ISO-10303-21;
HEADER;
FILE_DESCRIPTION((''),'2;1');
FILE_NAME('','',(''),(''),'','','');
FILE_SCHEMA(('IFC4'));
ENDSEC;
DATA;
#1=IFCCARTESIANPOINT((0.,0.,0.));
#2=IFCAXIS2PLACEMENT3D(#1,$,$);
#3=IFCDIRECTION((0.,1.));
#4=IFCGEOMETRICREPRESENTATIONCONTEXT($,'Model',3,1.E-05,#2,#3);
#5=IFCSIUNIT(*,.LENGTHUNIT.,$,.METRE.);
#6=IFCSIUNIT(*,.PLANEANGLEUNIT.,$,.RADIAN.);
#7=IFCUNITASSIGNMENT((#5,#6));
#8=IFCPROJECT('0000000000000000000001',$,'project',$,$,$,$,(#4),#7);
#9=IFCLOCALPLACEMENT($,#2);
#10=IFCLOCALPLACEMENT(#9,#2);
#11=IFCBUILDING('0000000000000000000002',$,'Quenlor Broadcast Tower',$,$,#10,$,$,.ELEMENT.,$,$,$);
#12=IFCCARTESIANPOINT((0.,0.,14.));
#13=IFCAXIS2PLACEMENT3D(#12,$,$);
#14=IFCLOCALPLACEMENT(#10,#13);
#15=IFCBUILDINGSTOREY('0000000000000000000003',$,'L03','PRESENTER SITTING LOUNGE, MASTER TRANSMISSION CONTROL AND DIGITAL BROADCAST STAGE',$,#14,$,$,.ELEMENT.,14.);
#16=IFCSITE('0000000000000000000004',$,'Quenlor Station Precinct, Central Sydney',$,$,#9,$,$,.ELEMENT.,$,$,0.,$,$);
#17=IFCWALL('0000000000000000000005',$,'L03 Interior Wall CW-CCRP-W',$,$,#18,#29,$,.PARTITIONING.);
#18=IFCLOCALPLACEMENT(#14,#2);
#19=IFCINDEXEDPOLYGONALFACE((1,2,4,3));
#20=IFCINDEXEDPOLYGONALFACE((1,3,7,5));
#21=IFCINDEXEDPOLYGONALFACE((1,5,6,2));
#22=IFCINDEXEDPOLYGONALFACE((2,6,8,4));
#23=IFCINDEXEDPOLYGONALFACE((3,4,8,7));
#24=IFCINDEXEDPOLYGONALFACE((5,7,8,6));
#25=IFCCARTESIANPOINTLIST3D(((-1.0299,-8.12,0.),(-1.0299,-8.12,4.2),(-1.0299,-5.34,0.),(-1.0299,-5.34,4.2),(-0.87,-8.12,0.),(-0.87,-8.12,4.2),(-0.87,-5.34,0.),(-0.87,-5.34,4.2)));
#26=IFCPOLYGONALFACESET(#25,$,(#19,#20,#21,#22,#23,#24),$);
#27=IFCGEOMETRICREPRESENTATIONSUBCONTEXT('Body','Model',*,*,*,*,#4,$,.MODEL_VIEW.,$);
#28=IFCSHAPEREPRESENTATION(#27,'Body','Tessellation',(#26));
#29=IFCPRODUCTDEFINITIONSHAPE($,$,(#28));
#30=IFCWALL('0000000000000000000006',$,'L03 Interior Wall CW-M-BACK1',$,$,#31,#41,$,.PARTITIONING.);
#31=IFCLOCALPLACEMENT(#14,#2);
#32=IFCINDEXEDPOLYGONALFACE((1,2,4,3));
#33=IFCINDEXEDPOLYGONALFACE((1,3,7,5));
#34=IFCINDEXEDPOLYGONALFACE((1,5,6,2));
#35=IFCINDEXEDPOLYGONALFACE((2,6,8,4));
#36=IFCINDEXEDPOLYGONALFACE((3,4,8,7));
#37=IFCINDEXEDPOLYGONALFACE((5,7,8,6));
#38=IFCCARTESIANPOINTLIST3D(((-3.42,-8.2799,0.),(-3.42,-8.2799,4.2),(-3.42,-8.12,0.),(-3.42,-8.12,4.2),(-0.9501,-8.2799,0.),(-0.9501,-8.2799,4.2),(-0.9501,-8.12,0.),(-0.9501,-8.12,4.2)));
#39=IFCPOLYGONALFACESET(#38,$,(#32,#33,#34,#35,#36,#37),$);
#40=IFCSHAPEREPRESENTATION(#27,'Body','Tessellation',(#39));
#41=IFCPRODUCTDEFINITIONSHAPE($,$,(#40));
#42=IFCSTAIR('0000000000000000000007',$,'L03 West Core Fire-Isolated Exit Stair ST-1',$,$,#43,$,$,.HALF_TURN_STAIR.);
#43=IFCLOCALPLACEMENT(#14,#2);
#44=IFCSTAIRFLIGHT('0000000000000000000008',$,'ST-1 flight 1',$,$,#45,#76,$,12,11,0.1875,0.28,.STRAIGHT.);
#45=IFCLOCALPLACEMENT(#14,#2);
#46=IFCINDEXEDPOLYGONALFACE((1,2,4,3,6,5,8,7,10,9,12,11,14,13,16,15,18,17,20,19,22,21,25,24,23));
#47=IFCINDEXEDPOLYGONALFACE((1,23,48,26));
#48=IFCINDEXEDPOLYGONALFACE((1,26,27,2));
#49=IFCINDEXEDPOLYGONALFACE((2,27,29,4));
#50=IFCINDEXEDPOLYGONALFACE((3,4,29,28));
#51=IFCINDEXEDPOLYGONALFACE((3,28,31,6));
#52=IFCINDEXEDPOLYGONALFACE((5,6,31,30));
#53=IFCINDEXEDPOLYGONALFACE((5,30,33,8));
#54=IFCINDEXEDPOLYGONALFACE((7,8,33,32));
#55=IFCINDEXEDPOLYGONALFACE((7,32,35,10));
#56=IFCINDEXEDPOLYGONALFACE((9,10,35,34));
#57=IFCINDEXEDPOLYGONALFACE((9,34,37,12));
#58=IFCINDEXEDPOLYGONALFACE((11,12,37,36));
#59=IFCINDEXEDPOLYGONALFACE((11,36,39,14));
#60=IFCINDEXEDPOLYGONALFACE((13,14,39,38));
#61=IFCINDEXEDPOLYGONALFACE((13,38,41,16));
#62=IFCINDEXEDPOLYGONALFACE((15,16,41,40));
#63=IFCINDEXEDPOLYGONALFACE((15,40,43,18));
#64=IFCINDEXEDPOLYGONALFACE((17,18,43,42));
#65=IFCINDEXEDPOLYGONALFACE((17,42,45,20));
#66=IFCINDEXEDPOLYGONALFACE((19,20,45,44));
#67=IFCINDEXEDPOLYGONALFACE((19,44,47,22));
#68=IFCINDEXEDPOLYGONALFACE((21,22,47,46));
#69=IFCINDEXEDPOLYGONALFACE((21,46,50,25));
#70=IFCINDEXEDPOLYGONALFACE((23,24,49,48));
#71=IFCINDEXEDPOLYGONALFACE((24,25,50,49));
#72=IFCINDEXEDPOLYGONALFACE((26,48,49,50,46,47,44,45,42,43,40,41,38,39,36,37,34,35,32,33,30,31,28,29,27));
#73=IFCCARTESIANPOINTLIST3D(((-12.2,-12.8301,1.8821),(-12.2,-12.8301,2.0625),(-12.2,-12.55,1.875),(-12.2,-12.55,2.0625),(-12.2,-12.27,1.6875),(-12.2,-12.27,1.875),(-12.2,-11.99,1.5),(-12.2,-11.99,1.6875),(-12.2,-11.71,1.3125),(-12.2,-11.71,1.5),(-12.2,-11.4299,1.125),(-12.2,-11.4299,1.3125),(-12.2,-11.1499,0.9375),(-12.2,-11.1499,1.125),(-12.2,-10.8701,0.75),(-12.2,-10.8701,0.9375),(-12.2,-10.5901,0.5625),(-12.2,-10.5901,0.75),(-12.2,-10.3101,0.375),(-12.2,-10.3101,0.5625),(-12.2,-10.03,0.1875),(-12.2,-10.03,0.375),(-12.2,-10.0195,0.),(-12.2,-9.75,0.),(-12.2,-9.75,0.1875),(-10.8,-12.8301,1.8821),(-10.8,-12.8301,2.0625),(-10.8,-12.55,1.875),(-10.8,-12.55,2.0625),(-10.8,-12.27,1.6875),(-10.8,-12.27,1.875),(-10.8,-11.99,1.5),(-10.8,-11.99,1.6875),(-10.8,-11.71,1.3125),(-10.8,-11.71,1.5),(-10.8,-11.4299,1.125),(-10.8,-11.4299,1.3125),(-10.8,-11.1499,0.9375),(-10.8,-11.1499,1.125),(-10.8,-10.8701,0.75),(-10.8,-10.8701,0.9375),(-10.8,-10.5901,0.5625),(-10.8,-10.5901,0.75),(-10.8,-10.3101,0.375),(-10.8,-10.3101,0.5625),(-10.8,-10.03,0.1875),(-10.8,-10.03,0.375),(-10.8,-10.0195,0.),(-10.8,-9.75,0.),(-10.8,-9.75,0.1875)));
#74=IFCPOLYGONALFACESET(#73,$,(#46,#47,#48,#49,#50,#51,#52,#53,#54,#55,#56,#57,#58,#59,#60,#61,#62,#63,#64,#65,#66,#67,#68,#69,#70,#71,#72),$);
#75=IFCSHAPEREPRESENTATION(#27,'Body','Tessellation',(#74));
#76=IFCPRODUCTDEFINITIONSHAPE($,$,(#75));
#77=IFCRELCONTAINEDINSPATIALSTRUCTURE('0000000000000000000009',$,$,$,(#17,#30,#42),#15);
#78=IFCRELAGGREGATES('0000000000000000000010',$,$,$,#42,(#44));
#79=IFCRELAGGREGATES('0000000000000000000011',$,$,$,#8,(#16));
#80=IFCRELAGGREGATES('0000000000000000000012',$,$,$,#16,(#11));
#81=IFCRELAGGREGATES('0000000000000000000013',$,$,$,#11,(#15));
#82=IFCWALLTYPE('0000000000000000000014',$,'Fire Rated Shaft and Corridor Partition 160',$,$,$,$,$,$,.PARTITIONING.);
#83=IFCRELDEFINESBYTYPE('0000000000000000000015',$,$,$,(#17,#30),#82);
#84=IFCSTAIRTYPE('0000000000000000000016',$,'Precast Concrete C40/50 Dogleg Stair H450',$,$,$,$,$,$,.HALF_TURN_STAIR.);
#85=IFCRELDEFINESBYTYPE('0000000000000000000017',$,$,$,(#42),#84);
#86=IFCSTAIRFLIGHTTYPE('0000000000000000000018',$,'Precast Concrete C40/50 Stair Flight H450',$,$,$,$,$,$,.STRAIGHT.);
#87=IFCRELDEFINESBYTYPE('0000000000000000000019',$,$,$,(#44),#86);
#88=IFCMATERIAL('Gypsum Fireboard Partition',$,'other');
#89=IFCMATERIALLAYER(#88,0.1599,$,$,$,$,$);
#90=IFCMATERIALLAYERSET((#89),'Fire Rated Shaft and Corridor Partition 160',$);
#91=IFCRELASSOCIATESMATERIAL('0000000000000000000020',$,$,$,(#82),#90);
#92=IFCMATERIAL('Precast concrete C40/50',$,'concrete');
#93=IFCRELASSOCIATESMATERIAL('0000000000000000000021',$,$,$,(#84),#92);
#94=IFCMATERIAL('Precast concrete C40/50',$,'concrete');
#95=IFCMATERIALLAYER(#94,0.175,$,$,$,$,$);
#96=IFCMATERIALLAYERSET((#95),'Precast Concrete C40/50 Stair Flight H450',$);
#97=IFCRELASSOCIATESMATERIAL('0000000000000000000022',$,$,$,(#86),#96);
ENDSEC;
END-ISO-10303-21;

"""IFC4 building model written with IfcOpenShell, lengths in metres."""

from ifc_helpers import new_model, si_unit, direction, frame, frame_2d, origin, place, context, subcontext, project, spatial, polyline, rectangle, outline, extrude, material, layer, layer_set, type_object, element, aggregate, save


model = new_model("IFC4")

# Units and contexts
model_context = context("Model", 3, precision=1e-05, world=origin(), true_north=direction((0.0, 1.0)))
body_context = subcontext(model_context, "Body", "Model", "MODEL_VIEW")
ifc_project = project(units=[si_unit("LENGTHUNIT", "METRE"), si_unit("PLANEANGLEUNIT", "RADIAN")], contexts=[model_context])

# Site, building, storey
site_placement = place(None, origin())
site = spatial("IfcSite", under=ifc_project, at=site_placement, Name="Quenlor Station Precinct, Central Sydney", CompositionType="ELEMENT", RefElevation=0.0)
building_placement = place(site_placement, origin())
building = spatial("IfcBuilding", under=site, at=building_placement, Name="Quenlor Broadcast Tower", CompositionType="ELEMENT")
storey_placement = place(building_placement, frame((0.0, 0.0, 14.0)))
storey = spatial("IfcBuildingStorey", under=building, at=storey_placement, Name="L03", Description="PRESENTER SITTING LOUNGE, MASTER TRANSMISSION CONTROL AND DIGITAL BROADCAST STAGE", CompositionType="ELEMENT", Elevation=14.0)

# Walls
ifc_material_1 = material(Name="Gypsum Fireboard Partition", Category="other")
ifc_layer_1 = layer(ifc_material_1, 0.1599)
ifc_layer_set_1 = layer_set([ifc_layer_1], Name="Fire Rated Shaft and Corridor Partition 160")
wall_type_1 = type_object("IfcWallType", Name="Fire Rated Shaft and Corridor Partition 160", PredefinedType="PARTITIONING", material=ifc_layer_set_1)
wall_1_placement = place(storey_placement, frame((-0.95, -8.1201, 0.0), z_axis=(0.0, 0.0, 1.0), x_axis=(0.0, 1.0, 0.0)))
element("IfcWall", 1, at=wall_1_placement, inside=storey, type_object=wall_type_1, Name="L03 Interior Wall CW-CCRP-W", PredefinedType="PARTITIONING", context=body_context, shape_type="SweptSolid", body=[
    extrude(rectangle(XDim=2.78, YDim=0.1599, at=frame_2d((1.3901, 0.0))), origin(), (0.0, 0.0, 1.0), 4.2),
])
wall_2_placement = place(storey_placement, frame((-3.4199, -8.2, 0.0), z_axis=(0.0, 0.0, 1.0), x_axis=(1.0, 0.0, 0.0)))
element("IfcWall", 2, at=wall_2_placement, inside=storey, type_object=wall_type_1, Name="L03 Interior Wall CW-M-BACK1", PredefinedType="PARTITIONING", context=body_context, shape_type="SweptSolid", body=[
    extrude(rectangle(XDim=2.47, YDim=0.1599, at=frame_2d((1.2349, 0.0))), origin(), (0.0, 0.0, 1.0), 4.2),
])

# Stair, stair flight
ifc_material_2 = material(Name="Precast concrete C40/50", Category="concrete")
stair_type = type_object("IfcStairType", Name="Precast Concrete C40/50 Dogleg Stair H450", PredefinedType="HALF_TURN_STAIR", material=ifc_material_2)
stair_placement = place(storey_placement, origin())
stair = element("IfcStair", 3, at=stair_placement, inside=storey, type_object=stair_type, Name="L03 West Core Fire-Isolated Exit Stair ST-1", PredefinedType="HALF_TURN_STAIR")
ifc_material_3 = material(Name="Precast concrete C40/50", Category="concrete")
ifc_layer_2 = layer(ifc_material_3, 0.175)
ifc_layer_set_2 = layer_set([ifc_layer_2], Name="Precast Concrete C40/50 Stair Flight H450")
stair_flight_type = type_object("IfcStairFlightType", Name="Precast Concrete C40/50 Stair Flight H450", PredefinedType="STRAIGHT", material=ifc_layer_set_2)
stair_flight_placement = place(storey_placement, frame((-11.5, -9.75, 0.0), z_axis=(0.0, 0.0, 1.0), x_axis=(0.0, -1.0, 0.0)))
stair_flight = element("IfcStairFlight", 4, at=stair_flight_placement, type_object=stair_flight_type, Name="ST-1 flight 1", NumberOfRisers=12, NumberOfTreads=11, PredefinedType="STRAIGHT", RiserHeight=0.1875, TreadLength=0.28, context=body_context, shape_type="SweptSolid", body=[
    extrude(outline(polyline([(0.0, 0.0), (0.0, 0.1875), (0.28, 0.1875), (0.28, 0.375), (0.5601, 0.375), (0.5601, 0.5625), (0.8401, 0.5625), (0.8401, 0.75), (1.1201, 0.75), (1.1201, 0.9375), (1.3999, 0.9375), (1.3999, 1.125), (1.6799, 1.125), (1.6799, 1.3125), (1.96, 1.3125), (1.96, 1.5), (2.24, 1.5), (2.24, 1.6875), (2.52, 1.6875), (2.52, 1.875), (2.8, 1.875), (2.8, 2.0625), (3.0801, 2.0625), (3.0801, 2.25), (3.0801, 1.8821), (0.2695, 0.0), (0.0, 0.0)])), frame((0.0, 0.7, 0.0), z_axis=(0.0, -1.0, 0.0), x_axis=(1.0, 0.0, 0.0)), (0.0, 0.0, 1.0), 1.3999),
])
aggregate(stair, [stair_flight])

save(model, "model.ifc")
